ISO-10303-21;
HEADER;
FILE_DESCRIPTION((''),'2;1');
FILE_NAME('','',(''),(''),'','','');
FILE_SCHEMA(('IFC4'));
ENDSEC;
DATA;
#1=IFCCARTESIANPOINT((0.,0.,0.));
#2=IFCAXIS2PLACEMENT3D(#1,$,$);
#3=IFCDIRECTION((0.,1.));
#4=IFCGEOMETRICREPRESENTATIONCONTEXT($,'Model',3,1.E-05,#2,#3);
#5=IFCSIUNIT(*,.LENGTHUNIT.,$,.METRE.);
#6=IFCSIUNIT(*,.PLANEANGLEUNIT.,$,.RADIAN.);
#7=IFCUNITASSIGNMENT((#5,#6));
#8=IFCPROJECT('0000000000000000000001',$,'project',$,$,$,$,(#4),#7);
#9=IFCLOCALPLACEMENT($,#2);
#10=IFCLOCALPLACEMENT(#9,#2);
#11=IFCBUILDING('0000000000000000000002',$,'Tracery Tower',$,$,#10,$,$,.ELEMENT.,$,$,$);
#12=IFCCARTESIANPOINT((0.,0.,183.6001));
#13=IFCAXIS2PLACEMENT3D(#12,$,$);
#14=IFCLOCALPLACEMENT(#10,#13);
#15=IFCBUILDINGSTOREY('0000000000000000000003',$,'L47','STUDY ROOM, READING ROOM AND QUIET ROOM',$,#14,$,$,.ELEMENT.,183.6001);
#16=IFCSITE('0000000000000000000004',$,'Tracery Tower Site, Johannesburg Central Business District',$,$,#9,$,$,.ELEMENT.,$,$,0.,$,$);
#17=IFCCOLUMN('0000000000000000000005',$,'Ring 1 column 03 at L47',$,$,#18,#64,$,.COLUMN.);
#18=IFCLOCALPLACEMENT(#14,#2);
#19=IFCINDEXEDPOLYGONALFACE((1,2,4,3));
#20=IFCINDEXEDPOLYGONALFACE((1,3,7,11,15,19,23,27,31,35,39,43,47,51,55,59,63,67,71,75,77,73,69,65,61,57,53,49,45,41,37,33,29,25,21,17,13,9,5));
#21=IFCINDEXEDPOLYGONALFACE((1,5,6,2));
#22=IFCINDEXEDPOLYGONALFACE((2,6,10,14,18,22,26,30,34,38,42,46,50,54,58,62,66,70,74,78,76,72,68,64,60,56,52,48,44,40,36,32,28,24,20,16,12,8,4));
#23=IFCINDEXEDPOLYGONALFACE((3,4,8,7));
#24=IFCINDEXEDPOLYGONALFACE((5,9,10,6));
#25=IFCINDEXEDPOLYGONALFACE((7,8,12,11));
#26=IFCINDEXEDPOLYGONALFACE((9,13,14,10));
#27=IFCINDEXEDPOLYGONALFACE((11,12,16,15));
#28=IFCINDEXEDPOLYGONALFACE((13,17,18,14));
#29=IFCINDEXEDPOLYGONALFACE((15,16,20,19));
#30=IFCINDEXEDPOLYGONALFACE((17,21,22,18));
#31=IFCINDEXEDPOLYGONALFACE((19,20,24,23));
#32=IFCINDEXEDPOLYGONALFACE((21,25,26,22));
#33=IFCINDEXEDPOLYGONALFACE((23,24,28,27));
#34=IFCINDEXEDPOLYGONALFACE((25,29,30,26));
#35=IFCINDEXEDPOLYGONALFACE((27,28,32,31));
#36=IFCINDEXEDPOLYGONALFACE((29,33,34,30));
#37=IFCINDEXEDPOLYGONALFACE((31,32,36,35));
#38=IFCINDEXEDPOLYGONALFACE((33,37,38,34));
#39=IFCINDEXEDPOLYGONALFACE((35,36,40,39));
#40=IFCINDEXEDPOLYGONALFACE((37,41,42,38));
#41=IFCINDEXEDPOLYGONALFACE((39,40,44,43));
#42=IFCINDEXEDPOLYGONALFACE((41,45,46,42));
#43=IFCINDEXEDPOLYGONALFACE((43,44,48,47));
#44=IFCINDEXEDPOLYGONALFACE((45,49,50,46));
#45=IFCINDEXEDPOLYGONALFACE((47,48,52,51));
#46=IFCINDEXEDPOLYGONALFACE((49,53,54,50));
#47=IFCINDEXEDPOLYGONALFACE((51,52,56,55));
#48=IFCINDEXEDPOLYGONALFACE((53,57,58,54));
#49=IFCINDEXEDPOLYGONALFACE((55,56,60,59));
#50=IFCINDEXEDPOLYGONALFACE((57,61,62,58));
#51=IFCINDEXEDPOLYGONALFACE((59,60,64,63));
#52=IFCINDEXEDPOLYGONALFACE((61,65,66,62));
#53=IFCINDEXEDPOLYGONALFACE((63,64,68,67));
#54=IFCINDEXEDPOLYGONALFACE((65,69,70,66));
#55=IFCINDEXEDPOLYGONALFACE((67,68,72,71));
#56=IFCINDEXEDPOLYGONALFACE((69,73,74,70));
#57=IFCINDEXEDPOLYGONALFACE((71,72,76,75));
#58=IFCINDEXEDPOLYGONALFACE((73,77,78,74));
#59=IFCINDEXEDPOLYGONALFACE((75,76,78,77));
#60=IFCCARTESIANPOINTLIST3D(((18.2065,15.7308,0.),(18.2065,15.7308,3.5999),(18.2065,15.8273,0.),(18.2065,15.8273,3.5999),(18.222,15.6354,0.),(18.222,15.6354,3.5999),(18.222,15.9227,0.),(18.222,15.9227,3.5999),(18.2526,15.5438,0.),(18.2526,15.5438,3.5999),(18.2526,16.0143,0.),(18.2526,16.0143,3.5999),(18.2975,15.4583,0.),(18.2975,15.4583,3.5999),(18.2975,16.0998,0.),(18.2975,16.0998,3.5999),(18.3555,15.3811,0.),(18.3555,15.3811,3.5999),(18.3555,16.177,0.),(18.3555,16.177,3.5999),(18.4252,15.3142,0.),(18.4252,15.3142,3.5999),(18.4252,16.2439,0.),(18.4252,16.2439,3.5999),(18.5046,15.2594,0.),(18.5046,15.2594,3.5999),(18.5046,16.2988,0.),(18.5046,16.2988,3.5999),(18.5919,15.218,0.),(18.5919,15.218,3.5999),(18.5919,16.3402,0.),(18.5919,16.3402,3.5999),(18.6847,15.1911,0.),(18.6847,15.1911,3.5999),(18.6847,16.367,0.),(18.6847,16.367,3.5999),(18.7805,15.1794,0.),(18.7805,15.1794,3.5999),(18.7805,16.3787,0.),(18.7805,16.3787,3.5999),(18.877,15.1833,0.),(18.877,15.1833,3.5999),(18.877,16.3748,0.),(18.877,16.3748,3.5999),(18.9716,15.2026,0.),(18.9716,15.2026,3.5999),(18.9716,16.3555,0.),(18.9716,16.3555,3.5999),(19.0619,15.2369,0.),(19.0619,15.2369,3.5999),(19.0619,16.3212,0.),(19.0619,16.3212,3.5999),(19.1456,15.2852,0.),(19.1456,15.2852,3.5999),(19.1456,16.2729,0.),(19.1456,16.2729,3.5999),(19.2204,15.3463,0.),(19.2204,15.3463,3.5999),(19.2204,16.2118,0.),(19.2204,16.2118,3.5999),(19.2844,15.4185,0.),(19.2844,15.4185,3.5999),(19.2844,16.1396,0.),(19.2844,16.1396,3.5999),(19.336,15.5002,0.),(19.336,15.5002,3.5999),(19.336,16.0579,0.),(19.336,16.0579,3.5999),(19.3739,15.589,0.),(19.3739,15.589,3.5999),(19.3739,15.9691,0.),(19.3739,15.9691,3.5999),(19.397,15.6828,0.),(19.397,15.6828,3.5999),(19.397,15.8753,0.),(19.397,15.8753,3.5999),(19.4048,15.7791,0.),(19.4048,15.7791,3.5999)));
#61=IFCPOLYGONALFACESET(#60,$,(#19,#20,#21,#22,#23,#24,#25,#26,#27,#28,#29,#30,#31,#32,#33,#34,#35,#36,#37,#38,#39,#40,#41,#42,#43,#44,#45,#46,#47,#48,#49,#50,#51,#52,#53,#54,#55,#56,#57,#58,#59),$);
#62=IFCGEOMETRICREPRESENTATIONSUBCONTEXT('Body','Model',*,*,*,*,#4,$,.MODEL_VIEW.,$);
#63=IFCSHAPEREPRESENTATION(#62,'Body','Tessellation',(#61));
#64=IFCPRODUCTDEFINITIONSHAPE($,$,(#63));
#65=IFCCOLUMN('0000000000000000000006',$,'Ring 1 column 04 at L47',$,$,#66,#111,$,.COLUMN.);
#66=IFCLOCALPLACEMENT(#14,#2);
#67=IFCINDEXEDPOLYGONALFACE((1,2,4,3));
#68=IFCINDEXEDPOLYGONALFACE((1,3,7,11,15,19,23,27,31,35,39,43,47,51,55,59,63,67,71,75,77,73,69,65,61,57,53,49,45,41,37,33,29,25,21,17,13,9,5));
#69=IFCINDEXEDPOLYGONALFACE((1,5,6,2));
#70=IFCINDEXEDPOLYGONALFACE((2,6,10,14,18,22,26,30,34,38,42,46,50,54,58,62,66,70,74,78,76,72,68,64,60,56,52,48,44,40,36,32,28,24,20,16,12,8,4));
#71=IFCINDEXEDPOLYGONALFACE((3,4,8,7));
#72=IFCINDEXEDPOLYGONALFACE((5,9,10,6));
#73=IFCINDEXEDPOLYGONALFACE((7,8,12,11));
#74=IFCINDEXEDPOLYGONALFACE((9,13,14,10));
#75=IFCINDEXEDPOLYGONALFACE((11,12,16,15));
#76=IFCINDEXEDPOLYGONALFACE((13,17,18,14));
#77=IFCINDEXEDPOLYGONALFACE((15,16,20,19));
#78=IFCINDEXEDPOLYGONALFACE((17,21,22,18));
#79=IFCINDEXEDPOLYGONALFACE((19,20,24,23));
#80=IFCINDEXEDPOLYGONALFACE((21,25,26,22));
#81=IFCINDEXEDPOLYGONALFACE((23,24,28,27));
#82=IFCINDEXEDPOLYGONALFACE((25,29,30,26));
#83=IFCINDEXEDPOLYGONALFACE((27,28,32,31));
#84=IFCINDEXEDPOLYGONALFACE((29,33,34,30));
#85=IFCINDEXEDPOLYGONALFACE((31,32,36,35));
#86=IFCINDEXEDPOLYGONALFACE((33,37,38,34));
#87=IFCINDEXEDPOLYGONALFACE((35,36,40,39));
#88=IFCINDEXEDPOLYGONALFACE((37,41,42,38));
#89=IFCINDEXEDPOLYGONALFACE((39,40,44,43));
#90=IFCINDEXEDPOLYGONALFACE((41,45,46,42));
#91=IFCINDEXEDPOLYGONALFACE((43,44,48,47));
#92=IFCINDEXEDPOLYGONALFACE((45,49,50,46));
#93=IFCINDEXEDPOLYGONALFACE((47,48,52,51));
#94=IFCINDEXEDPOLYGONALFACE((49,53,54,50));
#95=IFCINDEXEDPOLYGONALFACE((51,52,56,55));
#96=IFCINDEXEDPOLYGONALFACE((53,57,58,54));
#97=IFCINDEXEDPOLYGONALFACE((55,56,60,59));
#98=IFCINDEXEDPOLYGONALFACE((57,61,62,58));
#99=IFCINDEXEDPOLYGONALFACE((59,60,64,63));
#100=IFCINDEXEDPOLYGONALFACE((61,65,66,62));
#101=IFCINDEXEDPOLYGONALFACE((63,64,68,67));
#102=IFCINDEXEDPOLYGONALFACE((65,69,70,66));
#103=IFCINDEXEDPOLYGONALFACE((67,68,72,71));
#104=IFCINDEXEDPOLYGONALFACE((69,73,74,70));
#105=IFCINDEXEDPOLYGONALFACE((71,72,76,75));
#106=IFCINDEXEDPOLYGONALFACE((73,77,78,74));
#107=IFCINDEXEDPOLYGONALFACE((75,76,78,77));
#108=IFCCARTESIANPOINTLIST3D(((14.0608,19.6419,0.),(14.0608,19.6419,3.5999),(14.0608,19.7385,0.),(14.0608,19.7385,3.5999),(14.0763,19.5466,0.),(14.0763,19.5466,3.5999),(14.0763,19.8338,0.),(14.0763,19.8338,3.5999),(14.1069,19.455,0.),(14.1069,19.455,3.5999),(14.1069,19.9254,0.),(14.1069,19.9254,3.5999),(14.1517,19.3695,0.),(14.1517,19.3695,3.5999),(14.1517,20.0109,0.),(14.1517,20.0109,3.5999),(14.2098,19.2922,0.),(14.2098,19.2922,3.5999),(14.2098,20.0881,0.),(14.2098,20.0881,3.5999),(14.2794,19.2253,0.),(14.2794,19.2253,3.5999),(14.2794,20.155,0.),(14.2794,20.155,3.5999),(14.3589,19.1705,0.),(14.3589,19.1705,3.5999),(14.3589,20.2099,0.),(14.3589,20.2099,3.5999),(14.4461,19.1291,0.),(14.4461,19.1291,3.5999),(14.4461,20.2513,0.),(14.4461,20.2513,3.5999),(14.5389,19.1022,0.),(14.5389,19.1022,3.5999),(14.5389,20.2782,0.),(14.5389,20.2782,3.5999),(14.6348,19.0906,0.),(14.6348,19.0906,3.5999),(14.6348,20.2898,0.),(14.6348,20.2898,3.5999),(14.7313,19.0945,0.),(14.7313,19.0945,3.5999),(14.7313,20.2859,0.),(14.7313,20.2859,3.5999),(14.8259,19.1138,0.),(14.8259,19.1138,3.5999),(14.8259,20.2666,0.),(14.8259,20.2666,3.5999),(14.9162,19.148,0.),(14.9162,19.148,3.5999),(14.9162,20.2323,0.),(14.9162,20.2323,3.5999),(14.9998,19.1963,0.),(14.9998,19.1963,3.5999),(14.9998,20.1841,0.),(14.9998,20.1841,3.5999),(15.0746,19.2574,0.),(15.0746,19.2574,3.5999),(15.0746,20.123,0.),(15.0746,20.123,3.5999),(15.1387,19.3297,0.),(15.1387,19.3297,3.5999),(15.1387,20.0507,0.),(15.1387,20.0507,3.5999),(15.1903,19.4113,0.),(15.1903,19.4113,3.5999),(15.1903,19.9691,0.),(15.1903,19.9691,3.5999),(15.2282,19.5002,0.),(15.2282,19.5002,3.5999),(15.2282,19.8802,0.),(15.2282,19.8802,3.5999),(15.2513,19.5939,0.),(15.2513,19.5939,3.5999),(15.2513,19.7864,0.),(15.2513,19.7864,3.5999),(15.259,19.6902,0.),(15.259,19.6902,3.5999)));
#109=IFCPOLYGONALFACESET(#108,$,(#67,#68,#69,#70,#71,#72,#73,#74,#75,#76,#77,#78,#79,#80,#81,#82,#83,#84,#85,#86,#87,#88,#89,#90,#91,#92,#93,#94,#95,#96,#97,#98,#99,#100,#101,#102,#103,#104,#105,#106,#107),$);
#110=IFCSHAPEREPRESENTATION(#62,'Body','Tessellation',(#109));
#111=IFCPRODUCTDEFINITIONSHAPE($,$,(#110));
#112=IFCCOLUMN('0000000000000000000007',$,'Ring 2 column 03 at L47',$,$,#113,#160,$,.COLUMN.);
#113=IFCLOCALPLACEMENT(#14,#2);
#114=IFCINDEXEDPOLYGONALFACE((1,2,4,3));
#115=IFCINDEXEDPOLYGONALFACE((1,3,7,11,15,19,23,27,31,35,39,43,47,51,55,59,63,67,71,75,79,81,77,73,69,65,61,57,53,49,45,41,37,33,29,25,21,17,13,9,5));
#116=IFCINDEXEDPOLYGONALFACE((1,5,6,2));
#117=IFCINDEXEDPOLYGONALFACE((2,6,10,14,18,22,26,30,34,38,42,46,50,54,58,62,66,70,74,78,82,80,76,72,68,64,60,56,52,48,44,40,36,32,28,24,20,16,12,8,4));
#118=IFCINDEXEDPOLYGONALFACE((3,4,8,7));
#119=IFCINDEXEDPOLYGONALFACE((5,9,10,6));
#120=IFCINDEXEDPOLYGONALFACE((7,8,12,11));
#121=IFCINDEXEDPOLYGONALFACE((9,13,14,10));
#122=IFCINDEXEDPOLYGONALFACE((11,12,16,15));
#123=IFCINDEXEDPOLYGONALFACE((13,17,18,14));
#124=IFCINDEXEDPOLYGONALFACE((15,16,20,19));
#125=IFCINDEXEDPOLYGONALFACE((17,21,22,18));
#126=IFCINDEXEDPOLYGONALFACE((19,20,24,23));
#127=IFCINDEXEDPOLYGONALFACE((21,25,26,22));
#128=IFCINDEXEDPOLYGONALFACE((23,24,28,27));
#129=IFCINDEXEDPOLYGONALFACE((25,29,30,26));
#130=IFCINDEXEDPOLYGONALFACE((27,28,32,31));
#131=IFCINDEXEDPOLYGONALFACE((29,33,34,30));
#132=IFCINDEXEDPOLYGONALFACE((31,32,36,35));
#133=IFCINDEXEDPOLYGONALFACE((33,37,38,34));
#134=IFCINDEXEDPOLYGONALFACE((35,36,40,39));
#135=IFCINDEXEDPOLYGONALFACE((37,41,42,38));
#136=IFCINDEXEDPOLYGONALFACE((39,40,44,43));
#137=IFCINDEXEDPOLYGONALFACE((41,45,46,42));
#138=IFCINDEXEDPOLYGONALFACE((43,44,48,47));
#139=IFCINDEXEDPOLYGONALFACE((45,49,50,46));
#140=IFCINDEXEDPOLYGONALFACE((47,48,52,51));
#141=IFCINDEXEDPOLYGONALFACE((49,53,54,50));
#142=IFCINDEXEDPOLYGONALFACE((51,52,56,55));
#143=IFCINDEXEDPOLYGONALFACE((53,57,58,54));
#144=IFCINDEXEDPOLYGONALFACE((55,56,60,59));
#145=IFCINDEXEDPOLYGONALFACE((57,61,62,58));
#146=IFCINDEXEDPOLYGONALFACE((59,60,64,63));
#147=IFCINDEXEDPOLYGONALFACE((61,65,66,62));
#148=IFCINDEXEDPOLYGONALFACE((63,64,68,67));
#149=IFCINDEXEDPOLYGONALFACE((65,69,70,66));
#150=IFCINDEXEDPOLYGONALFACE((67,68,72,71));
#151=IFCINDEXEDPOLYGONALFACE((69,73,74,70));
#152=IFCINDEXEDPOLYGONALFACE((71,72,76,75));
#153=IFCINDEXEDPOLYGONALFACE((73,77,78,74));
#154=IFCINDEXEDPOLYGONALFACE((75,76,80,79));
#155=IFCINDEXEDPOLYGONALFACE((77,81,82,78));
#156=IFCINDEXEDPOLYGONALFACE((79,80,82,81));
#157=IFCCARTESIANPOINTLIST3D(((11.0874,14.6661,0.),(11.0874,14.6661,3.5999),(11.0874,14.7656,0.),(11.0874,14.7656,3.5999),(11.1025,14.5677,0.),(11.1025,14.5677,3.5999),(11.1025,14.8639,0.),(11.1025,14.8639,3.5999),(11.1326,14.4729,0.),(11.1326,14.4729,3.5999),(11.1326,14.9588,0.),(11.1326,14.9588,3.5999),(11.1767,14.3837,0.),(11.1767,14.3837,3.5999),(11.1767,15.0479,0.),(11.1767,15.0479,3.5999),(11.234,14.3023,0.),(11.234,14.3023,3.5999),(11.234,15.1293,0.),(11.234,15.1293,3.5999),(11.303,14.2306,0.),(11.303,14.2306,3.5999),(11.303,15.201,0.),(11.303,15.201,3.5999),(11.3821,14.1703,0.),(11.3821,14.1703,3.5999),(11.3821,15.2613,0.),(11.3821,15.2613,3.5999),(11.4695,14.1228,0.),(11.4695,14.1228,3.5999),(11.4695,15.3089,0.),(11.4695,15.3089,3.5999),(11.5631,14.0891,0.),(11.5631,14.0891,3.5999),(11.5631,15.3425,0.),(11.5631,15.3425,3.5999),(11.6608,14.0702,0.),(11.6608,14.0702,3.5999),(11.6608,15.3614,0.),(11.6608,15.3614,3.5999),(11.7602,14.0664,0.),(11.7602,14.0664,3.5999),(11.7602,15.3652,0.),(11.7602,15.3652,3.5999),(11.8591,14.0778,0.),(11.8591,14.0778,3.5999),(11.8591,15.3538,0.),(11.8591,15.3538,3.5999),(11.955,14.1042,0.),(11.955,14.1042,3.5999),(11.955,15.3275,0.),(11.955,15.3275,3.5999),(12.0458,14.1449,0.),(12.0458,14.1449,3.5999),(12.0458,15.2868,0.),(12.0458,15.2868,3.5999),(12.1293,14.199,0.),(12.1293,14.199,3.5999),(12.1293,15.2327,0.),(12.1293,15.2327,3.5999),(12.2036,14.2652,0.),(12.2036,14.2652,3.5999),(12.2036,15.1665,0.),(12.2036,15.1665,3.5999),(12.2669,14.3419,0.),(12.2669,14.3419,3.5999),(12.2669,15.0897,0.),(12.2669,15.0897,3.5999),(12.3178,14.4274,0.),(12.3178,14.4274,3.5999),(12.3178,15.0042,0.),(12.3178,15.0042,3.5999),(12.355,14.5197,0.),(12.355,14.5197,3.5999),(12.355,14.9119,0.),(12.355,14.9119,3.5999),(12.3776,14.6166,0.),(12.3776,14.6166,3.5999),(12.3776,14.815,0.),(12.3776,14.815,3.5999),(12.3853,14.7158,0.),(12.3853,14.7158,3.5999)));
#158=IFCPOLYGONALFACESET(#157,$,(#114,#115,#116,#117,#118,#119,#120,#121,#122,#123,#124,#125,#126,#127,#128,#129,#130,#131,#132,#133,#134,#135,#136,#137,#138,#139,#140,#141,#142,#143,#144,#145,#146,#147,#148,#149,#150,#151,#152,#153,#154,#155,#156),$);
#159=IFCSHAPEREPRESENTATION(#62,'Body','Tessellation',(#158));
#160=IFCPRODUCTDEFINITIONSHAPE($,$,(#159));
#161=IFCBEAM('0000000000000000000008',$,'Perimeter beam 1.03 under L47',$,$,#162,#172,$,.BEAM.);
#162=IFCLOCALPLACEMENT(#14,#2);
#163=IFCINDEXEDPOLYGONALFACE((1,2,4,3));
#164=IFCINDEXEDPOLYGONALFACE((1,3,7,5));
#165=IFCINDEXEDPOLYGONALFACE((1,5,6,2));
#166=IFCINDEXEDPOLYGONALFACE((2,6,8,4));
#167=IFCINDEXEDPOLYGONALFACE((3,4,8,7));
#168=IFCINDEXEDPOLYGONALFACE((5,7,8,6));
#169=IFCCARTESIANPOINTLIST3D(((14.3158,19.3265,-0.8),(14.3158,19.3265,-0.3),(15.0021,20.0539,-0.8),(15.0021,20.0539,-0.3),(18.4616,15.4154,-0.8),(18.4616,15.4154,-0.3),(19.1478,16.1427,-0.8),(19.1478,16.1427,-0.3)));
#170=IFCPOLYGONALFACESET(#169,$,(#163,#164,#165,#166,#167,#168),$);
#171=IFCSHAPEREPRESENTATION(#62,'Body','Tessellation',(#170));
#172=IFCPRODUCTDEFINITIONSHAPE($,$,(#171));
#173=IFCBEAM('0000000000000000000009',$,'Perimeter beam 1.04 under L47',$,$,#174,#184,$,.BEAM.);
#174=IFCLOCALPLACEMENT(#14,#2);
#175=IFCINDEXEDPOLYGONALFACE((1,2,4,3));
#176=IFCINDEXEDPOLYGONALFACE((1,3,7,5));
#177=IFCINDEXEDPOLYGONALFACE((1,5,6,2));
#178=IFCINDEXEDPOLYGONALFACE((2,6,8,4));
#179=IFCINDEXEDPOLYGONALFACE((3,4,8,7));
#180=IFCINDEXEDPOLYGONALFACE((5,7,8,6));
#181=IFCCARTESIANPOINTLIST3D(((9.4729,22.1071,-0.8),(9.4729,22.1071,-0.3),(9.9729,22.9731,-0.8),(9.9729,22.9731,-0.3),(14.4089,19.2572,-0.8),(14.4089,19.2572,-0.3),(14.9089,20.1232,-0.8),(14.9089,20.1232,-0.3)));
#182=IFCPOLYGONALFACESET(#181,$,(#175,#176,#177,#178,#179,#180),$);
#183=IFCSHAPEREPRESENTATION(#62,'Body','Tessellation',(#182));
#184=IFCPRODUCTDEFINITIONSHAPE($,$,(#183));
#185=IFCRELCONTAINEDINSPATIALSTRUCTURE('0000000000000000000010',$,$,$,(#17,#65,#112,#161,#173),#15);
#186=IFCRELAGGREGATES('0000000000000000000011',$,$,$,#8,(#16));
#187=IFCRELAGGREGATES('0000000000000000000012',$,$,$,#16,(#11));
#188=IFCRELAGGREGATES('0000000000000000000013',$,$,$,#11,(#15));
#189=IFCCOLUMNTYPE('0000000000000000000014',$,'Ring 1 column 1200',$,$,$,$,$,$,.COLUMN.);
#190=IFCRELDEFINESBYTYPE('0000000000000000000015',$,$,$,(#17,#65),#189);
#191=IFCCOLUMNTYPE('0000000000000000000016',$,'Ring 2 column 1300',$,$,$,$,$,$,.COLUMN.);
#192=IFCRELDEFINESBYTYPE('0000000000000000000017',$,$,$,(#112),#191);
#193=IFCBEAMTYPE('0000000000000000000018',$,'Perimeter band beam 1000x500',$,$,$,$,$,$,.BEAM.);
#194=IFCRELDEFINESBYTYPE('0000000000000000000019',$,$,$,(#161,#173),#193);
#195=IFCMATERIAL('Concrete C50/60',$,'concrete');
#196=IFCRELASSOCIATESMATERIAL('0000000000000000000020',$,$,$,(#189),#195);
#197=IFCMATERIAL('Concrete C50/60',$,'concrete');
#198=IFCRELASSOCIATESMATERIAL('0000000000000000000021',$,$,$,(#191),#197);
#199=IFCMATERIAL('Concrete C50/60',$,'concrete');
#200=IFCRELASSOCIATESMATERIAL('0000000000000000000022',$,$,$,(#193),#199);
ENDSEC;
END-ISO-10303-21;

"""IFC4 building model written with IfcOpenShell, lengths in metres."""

from ifc_helpers import new_model, si_unit, direction, frame, origin, origin_2d, place, context, subcontext, project, spatial, rectangle, circle, extrude, material, material_profile, profile_set, type_object, element, save


model = new_model("IFC4")

# Units and contexts
model_context = context("Model", 3, precision=1e-05, world=origin(), true_north=direction((0.0, 1.0)))
body_context = subcontext(model_context, "Body", "Model", "MODEL_VIEW")
ifc_project = project(units=[si_unit("LENGTHUNIT", "METRE"), si_unit("PLANEANGLEUNIT", "RADIAN")], contexts=[model_context])

# Site, building, storey
site_placement = place(None, origin())
site = spatial("IfcSite", under=ifc_project, at=site_placement, Name="Tracery Tower Site, Johannesburg Central Business District", CompositionType="ELEMENT", RefElevation=0.0)
building_placement = place(site_placement, origin())
building = spatial("IfcBuilding", under=site, at=building_placement, Name="Tracery Tower", CompositionType="ELEMENT")
storey_placement = place(building_placement, frame((0.0, 0.0, 183.6001)))
storey = spatial("IfcBuildingStorey", under=building, at=storey_placement, Name="L47", Description="STUDY ROOM, READING ROOM AND QUIET ROOM", CompositionType="ELEMENT", Elevation=183.6001)

# Columns
ifc_material_1 = material(Name="Concrete C50/60", Category="concrete")
ifc_material_profile_1 = material_profile(ifc_material_1, circle(Radius=0.6001, at=origin_2d()), Name="RC D1200")
ifc_profile_set_1 = profile_set([ifc_material_profile_1], Name="Concrete C50/60")
column_type_1 = type_object("IfcColumnType", Name="Ring 1 column 1200", PredefinedType="COLUMN", material=ifc_profile_set_1)
for number, where, z_axis, x_axis, name in (
    (1, (18.8047, 15.7791, 0.0), (0.0, 0.0, 1.0), (1.0, 0.0, 0.0), "Ring 1 column 03 at L47"),
    (2, (14.6589, 19.6902, 0.0), (0.0, 0.0, 1.0), (1.0, 0.0, 0.0), "Ring 1 column 04 at L47"),
):
    element("IfcColumn", number, at=place(storey_placement, frame(where, z_axis=z_axis, x_axis=x_axis)), inside=storey, type_object=column_type_1, Name=name, PredefinedType="COLUMN", context=body_context, shape_type="SweptSolid", body=[
        extrude(circle(Radius=0.6001, at=origin_2d()), origin(), (0.0, 0.0, 1.0), 3.5999),
    ])
ifc_material_2 = material(Name="Concrete C50/60", Category="concrete")
ifc_material_profile_2 = material_profile(ifc_material_2, circle(Radius=0.6499, at=origin_2d()), Name="RC D1300")
ifc_profile_set_2 = profile_set([ifc_material_profile_2], Name="Concrete C50/60")
column_type_2 = type_object("IfcColumnType", Name="Ring 2 column 1300", PredefinedType="COLUMN", material=ifc_profile_set_2)
column_placement = place(storey_placement, frame((11.7354, 14.7158, 0.0), z_axis=(0.0, 0.0, 1.0), x_axis=(1.0, 0.0, 0.0)))
element("IfcColumn", 3, at=column_placement, inside=storey, type_object=column_type_2, Name="Ring 2 column 03 at L47", PredefinedType="COLUMN", context=body_context, shape_type="SweptSolid", body=[
    extrude(circle(Radius=0.6499, at=origin_2d()), origin(), (0.0, 0.0, 1.0), 3.5999),
])

# Beams
ifc_material_3 = material(Name="Concrete C50/60", Category="concrete")
ifc_material_profile_3 = material_profile(ifc_material_3, rectangle(XDim=1.0, YDim=0.5, at=origin_2d()), Name="RC 1000x500")
ifc_profile_set_3 = profile_set([ifc_material_profile_3], Name="Concrete C50/60")
beam_type = type_object("IfcBeamType", Name="Perimeter band beam 1000x500", PredefinedType="BEAM", material=ifc_profile_set_3)
beam_1_placement = place(storey_placement, frame((18.8047, 15.7791, -0.55), z_axis=(-0.72739, 0.686225, 0.0), x_axis=(-0.686225, -0.72739, 0.0)))
element("IfcBeam", 4, at=beam_1_placement, inside=storey, type_object=beam_type, Name="Perimeter beam 1.03 under L47", PredefinedType="BEAM", context=body_context, shape_type="SweptSolid", body=[
    extrude(rectangle(XDim=1.0, YDim=0.5, at=origin_2d()), origin(), (0.0, 0.0, 1.0), 5.6995),
])
beam_2_placement = place(storey_placement, frame((14.6589, 19.6902, -0.55), z_axis=(-0.866023, 0.500004, 0.0), x_axis=(-0.500004, -0.866023, 0.0)))
element("IfcBeam", 5, at=beam_2_placement, inside=storey, type_object=beam_type, Name="Perimeter beam 1.04 under L47", PredefinedType="BEAM", context=body_context, shape_type="SweptSolid", body=[
    extrude(rectangle(XDim=1.0, YDim=0.5, at=origin_2d()), origin(), (0.0, 0.0, 1.0), 5.6997),
])

save(model, "model.ifc")
